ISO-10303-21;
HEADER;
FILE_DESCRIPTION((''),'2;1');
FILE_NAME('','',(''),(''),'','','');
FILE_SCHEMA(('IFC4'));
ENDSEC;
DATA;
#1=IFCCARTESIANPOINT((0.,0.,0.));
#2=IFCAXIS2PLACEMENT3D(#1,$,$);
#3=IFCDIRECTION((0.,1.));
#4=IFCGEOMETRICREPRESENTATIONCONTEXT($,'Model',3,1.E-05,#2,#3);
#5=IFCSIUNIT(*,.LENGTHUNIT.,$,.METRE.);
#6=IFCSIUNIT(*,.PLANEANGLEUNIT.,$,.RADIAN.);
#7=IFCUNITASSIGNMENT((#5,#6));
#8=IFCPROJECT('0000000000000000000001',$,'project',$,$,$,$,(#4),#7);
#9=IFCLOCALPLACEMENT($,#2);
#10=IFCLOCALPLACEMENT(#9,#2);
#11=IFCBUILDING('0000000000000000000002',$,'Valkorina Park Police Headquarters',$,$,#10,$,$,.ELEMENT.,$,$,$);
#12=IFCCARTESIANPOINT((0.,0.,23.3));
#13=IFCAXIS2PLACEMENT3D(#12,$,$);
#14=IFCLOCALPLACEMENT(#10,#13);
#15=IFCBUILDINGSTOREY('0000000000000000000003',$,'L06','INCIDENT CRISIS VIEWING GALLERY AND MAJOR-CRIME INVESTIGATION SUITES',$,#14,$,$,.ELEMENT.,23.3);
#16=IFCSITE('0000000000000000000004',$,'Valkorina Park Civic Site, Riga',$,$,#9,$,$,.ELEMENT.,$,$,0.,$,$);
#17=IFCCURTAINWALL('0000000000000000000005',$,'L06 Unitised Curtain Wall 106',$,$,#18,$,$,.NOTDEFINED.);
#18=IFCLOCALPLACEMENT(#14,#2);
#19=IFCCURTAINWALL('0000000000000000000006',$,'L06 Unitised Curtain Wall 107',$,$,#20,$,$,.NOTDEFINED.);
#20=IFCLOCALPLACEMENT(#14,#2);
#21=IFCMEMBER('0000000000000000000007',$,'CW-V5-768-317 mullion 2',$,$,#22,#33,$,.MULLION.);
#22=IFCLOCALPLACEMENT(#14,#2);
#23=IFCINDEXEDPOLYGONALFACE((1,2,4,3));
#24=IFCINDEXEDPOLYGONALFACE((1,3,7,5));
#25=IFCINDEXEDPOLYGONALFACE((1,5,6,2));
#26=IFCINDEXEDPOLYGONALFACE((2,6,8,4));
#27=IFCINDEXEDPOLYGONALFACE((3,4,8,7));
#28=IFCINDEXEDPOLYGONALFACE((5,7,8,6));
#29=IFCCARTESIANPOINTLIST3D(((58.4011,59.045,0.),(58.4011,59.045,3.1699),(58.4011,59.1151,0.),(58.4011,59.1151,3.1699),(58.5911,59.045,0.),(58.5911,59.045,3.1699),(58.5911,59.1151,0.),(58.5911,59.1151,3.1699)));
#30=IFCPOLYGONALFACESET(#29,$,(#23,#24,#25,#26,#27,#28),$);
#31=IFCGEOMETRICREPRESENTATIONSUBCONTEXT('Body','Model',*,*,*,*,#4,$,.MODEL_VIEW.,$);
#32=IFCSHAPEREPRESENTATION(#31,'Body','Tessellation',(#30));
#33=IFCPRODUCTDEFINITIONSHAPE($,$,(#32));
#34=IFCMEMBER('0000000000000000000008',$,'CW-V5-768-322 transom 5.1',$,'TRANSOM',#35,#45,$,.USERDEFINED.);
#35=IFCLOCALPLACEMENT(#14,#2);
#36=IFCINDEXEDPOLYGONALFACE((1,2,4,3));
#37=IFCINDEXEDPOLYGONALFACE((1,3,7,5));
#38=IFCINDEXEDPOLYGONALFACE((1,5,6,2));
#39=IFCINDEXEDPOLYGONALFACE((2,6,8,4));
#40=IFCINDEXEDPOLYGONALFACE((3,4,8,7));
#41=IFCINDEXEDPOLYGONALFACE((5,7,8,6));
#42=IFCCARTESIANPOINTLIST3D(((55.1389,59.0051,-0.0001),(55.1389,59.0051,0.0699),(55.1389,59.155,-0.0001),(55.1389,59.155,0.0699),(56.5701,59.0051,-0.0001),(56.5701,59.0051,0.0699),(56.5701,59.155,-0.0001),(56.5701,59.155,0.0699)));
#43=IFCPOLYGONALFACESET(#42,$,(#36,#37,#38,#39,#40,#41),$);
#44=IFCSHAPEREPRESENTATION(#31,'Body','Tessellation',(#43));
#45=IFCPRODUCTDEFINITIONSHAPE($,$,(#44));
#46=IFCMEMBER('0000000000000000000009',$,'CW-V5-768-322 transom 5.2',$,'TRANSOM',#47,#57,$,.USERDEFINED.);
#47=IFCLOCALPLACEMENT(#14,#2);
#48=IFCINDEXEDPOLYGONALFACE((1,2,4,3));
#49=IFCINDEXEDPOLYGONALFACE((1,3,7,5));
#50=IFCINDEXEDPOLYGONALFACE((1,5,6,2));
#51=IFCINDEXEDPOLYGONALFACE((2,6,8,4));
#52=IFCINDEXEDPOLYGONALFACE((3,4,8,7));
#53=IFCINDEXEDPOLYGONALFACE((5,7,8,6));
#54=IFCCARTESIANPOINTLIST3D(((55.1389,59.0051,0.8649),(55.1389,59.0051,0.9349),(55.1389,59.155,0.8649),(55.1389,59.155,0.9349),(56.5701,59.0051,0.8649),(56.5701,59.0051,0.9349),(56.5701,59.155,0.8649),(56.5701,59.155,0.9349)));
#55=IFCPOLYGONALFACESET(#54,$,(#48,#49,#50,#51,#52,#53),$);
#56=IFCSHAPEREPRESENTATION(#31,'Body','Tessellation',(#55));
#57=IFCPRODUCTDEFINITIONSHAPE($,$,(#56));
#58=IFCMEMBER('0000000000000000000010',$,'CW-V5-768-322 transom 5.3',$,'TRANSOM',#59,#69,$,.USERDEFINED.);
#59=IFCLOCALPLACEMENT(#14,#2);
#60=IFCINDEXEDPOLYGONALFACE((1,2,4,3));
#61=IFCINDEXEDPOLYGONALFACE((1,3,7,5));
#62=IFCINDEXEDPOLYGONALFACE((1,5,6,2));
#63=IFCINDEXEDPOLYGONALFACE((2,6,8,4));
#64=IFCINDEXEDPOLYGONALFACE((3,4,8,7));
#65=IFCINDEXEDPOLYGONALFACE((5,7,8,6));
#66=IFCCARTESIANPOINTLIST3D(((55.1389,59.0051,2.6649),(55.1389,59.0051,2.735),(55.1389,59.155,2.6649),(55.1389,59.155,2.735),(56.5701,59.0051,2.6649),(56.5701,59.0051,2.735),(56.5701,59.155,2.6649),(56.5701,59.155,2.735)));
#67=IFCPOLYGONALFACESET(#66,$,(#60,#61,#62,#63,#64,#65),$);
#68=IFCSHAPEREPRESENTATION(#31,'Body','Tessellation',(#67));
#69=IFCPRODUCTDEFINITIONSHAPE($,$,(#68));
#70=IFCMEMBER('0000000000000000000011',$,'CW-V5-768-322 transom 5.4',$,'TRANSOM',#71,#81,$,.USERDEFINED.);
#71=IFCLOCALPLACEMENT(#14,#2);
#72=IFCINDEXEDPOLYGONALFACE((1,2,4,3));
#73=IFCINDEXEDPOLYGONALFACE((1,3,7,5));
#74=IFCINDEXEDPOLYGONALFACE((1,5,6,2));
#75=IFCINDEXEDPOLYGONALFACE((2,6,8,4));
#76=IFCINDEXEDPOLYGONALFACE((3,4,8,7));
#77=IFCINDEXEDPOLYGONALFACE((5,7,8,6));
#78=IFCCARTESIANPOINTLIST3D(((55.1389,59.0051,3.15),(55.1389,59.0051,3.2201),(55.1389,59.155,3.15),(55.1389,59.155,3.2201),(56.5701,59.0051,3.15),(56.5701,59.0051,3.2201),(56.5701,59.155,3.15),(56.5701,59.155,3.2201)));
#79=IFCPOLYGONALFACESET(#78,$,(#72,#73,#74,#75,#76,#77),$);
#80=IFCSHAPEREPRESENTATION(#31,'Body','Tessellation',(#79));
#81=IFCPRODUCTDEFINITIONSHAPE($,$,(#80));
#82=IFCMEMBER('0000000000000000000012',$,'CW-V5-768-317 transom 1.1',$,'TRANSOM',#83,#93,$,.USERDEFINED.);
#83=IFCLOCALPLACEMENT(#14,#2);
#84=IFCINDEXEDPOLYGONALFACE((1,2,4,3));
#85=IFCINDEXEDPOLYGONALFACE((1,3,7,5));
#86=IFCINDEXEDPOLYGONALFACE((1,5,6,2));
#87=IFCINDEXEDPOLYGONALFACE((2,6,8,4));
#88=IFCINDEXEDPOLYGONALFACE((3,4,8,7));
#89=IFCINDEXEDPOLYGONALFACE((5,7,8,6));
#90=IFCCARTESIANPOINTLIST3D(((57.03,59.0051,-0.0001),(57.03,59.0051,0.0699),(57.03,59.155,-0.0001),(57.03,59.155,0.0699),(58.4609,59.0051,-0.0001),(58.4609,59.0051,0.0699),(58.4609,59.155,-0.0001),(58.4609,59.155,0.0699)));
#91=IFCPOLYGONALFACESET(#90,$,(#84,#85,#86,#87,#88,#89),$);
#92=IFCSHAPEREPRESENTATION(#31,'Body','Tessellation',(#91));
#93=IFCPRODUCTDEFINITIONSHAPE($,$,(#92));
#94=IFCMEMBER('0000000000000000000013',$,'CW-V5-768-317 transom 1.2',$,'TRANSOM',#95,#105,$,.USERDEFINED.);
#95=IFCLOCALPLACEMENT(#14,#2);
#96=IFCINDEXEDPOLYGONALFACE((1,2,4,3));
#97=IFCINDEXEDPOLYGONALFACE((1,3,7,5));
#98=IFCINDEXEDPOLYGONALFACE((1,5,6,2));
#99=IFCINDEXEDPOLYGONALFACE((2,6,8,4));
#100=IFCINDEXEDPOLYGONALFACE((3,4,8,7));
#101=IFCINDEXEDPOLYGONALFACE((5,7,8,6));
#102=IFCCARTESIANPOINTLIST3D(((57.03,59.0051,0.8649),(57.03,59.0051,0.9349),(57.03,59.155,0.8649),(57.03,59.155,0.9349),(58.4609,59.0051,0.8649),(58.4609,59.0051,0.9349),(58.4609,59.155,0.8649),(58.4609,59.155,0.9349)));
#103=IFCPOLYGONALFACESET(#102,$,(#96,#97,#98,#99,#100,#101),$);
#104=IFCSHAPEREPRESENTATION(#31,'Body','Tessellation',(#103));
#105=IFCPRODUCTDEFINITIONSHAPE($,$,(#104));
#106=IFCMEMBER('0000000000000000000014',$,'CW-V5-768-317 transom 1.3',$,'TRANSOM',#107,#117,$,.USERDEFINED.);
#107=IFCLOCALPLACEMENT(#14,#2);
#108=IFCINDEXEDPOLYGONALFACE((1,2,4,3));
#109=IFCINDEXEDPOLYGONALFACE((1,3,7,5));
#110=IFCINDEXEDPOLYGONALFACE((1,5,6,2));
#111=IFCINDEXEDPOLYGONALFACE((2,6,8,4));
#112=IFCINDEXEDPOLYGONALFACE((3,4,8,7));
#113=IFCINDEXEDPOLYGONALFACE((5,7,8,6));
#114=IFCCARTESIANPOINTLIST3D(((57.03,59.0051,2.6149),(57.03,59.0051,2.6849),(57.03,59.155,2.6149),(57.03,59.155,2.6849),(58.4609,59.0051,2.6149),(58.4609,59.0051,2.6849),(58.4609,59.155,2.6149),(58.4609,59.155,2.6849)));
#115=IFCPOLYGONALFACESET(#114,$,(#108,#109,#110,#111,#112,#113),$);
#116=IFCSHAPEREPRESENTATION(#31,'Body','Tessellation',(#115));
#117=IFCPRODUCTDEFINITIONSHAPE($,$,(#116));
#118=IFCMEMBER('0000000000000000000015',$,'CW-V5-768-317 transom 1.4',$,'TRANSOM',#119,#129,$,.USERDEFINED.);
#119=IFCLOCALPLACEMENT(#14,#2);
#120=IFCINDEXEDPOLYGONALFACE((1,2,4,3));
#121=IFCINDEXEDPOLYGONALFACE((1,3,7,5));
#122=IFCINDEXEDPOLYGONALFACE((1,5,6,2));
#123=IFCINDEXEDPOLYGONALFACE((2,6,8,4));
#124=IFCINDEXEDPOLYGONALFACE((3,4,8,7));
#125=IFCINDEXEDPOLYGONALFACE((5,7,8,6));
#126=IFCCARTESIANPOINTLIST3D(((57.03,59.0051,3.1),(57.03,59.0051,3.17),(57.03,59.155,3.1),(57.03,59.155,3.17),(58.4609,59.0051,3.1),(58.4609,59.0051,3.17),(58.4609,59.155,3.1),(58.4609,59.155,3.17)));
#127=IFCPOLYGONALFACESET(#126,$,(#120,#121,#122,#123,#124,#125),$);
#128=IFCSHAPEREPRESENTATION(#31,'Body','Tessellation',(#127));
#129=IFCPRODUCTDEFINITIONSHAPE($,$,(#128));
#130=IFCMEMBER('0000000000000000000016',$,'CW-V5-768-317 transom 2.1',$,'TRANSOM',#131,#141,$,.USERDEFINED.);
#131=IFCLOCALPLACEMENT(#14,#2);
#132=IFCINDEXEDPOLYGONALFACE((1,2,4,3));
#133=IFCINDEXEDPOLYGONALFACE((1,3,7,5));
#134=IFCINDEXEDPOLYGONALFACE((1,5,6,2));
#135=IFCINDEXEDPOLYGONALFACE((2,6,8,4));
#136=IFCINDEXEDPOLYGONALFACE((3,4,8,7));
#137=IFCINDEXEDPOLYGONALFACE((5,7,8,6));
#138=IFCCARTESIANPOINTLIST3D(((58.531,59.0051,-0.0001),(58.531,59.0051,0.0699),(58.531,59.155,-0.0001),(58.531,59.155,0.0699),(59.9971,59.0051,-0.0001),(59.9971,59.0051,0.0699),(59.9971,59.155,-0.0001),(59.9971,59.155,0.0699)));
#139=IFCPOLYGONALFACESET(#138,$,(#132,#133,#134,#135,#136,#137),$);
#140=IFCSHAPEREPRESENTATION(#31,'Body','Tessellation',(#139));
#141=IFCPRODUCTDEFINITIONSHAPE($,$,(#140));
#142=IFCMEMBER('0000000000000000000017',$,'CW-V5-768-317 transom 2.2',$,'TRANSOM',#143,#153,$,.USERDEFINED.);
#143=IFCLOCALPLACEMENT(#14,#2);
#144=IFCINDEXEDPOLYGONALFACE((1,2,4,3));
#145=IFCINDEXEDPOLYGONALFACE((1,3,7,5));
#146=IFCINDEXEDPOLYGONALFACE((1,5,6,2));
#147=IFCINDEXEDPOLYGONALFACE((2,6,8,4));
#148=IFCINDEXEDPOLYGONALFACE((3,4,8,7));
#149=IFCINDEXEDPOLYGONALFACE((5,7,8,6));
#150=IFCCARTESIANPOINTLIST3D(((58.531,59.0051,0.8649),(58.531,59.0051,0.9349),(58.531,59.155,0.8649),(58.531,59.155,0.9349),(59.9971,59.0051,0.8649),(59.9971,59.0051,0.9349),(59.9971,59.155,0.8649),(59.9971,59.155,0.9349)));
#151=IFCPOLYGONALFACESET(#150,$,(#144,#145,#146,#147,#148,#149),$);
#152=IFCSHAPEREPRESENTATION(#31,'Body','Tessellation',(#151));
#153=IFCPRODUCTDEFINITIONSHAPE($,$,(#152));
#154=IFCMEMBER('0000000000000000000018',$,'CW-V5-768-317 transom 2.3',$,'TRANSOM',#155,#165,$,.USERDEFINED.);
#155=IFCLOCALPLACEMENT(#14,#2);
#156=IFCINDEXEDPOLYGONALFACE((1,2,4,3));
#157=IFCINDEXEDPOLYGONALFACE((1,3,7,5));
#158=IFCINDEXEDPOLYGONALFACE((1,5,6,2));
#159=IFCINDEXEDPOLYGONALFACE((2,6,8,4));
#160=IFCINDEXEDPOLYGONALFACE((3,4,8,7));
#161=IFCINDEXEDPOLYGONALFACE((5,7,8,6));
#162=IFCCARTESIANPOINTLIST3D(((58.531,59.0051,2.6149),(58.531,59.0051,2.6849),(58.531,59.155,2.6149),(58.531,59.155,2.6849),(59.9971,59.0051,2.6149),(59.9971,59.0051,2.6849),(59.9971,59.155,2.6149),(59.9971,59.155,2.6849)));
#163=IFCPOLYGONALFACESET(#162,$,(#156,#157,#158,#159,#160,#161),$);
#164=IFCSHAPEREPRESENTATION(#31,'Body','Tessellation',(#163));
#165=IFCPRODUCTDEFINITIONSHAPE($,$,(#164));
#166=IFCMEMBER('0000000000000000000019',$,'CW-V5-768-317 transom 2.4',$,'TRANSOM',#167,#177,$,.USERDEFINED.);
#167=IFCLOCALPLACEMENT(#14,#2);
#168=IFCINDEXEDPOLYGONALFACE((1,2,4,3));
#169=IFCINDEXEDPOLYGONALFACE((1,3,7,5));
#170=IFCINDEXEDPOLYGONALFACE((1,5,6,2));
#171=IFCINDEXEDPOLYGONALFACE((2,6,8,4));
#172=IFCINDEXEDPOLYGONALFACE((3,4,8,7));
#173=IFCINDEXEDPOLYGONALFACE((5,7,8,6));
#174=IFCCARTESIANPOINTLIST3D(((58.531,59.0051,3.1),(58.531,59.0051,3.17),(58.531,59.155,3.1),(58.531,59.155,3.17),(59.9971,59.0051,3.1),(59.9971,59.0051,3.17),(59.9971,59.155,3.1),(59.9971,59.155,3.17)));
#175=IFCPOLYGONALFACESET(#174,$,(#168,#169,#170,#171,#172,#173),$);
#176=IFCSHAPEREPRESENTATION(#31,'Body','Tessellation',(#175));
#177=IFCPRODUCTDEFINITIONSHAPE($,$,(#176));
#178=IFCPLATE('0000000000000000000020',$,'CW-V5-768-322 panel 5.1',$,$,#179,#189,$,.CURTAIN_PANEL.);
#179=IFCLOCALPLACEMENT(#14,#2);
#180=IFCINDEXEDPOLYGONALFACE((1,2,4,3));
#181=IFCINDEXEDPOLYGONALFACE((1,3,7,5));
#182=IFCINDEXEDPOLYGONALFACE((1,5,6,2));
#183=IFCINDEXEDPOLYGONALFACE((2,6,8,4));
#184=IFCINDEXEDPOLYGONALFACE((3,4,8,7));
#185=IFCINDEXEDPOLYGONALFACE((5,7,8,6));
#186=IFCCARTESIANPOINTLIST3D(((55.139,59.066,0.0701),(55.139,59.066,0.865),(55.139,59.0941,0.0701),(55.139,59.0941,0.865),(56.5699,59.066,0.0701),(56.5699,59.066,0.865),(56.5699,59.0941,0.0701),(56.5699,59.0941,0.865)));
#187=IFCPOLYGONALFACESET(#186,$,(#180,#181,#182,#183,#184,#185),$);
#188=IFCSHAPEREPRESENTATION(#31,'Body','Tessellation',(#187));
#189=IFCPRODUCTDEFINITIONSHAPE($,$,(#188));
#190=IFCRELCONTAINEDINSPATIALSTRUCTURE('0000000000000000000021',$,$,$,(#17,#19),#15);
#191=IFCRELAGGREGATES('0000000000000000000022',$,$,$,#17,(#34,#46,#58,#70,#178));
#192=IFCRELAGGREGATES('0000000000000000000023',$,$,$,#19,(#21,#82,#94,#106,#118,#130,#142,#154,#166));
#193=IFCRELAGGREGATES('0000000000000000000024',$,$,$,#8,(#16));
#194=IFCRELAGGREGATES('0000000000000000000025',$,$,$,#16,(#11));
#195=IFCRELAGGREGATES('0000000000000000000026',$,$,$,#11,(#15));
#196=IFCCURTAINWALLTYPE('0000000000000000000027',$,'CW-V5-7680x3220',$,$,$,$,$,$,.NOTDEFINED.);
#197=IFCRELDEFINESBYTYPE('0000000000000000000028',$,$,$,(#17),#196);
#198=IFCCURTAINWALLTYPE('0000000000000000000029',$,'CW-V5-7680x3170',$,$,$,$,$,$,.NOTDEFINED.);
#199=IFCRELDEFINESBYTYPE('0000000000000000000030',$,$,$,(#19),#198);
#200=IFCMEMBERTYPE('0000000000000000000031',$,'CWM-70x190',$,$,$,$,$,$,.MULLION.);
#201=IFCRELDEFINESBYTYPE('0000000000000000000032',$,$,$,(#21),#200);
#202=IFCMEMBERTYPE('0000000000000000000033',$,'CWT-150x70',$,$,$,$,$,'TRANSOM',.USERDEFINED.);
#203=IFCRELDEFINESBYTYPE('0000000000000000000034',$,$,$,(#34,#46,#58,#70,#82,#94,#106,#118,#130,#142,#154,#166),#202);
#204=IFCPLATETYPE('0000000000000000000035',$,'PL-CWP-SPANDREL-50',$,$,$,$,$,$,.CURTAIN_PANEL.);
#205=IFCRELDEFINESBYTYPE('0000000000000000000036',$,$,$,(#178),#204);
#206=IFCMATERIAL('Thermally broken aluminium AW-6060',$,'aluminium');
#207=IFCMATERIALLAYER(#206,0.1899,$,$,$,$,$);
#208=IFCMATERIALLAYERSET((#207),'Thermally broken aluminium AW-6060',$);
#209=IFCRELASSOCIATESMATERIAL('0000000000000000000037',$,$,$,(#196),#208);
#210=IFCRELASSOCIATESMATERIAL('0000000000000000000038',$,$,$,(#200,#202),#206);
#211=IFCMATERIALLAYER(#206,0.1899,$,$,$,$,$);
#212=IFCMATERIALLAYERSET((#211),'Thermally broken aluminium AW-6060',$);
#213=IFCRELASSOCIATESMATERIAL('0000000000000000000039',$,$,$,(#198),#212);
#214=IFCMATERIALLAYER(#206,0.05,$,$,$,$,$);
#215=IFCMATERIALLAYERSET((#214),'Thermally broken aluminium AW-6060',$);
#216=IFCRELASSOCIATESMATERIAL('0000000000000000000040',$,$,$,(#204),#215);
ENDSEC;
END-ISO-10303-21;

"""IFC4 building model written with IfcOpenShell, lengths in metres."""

from ifc_helpers import new_model, si_unit, direction, frame, origin, origin_2d, place, context, subcontext, project, spatial, rectangle, extrude, material, layer, layer_set, material_profile, profile_set, type_object, element, aggregate, save


model = new_model("IFC4")

# Units and contexts
model_context = context("Model", 3, precision=1e-05, world=origin(), true_north=direction((0.0, 1.0)))
body_context = subcontext(model_context, "Body", "Model", "MODEL_VIEW")
ifc_project = project(units=[si_unit("LENGTHUNIT", "METRE"), si_unit("PLANEANGLEUNIT", "RADIAN")], contexts=[model_context])

# Site, building, storey
site_placement = place(None, origin())
site = spatial("IfcSite", under=ifc_project, at=site_placement, Name="Valkorina Park Civic Site, Riga", CompositionType="ELEMENT", RefElevation=0.0)
building_placement = place(site_placement, origin())
building = spatial("IfcBuilding", under=site, at=building_placement, Name="Valkorina Park Police Headquarters", CompositionType="ELEMENT")
storey_placement = place(building_placement, frame((0.0, 0.0, 23.3)))
storey = spatial("IfcBuildingStorey", under=building, at=storey_placement, Name="L06", Description="INCIDENT CRISIS VIEWING GALLERY AND MAJOR-CRIME INVESTIGATION SUITES", CompositionType="ELEMENT", Elevation=23.3)

# Curtain walls, member
ifc_material_1 = material(Name="Thermally broken aluminium AW-6060", Category="aluminium")
ifc_layer_1 = layer(ifc_material_1, 0.1899)
ifc_layer_set_1 = layer_set([ifc_layer_1], Name="Thermally broken aluminium AW-6060")
curtain_wall_type_1 = type_object("IfcCurtainWallType", Name="CW-V5-7680x3220", PredefinedType="NOTDEFINED", material=ifc_layer_set_1)
curtain_wall_1_placement = place(storey_placement, origin())
curtain_wall_1 = element("IfcCurtainWall", 1, at=curtain_wall_1_placement, inside=storey, type_object=curtain_wall_type_1, Name="L06 Unitised Curtain Wall 106", PredefinedType="NOTDEFINED")
ifc_material_profile_1 = material_profile(ifc_material_1, rectangle(XDim=0.0701, YDim=0.1899, at=origin_2d()), Name="CWM-02 70x190")
ifc_profile_set_1 = profile_set([ifc_material_profile_1], Name="Thermally broken aluminium AW-6060")
member_type_1 = type_object("IfcMemberType", Name="CWM-70x190", PredefinedType="MULLION", material=ifc_profile_set_1)
ifc_layer_2 = layer(ifc_material_1, 0.1899)
ifc_layer_set_2 = layer_set([ifc_layer_2], Name="Thermally broken aluminium AW-6060")
curtain_wall_type_2 = type_object("IfcCurtainWallType", Name="CW-V5-7680x3170", PredefinedType="NOTDEFINED", material=ifc_layer_set_2)
curtain_wall_2_placement = place(storey_placement, origin())
curtain_wall_2 = element("IfcCurtainWall", 2, at=curtain_wall_2_placement, inside=storey, type_object=curtain_wall_type_2, Name="L06 Unitised Curtain Wall 107", PredefinedType="NOTDEFINED")
member_1_placement = place(storey_placement, frame((58.4961, 59.0801, 0.0), z_axis=(0.0, 0.0, 1.0), x_axis=(0.0, 1.0, 0.0)))
member_1 = element("IfcMember", 3, at=member_1_placement, type_object=member_type_1, Name="CW-V5-768-317 mullion 2", PredefinedType="MULLION", context=body_context, shape_type="SweptSolid", body=[
    extrude(rectangle(XDim=0.0701, YDim=0.1899, at=origin_2d()), origin(), (0.0, 0.0, 1.0), 3.1699),
])

# Members
ifc_material_profile_2 = material_profile(ifc_material_1, rectangle(XDim=0.1499, YDim=0.0701, at=origin_2d()), Name="CWT-02 150x70")
ifc_profile_set_2 = profile_set([ifc_material_profile_2], Name="Thermally broken aluminium AW-6060")
member_type_2 = type_object("IfcMemberType", Name="CWT-150x70", ElementType="TRANSOM", PredefinedType="USERDEFINED", material=ifc_profile_set_2)
member_2_placement = place(storey_placement, frame((55.1389, 59.0801, 0.0349), z_axis=(1.0, 0.0, 0.0), x_axis=(0.0, 1.0, 0.0)))
member_2 = element("IfcMember", 4, at=member_2_placement, type_object=member_type_2, Name="CW-V5-768-322 transom 5.1", ObjectType="TRANSOM", PredefinedType="USERDEFINED", context=body_context, shape_type="SweptSolid", body=[
    extrude(rectangle(XDim=0.1499, YDim=0.0701, at=origin_2d()), origin(), (0.0, 0.0, 1.0), 1.4312),
])
member_3_placement = place(storey_placement, frame((55.1389, 59.0801, 0.8999), z_axis=(1.0, 0.0, 0.0), x_axis=(0.0, 1.0, 0.0)))
member_3 = element("IfcMember", 5, at=member_3_placement, type_object=member_type_2, Name="CW-V5-768-322 transom 5.2", ObjectType="TRANSOM", PredefinedType="USERDEFINED", context=body_context, shape_type="SweptSolid", body=[
    extrude(rectangle(XDim=0.1499, YDim=0.0701, at=origin_2d()), origin(), (0.0, 0.0, 1.0), 1.4312),
])
member_4_placement = place(storey_placement, frame((55.1389, 59.0801, 2.7), z_axis=(1.0, 0.0, 0.0), x_axis=(0.0, 1.0, 0.0)))
member_4 = element("IfcMember", 6, at=member_4_placement, type_object=member_type_2, Name="CW-V5-768-322 transom 5.3", ObjectType="TRANSOM", PredefinedType="USERDEFINED", context=body_context, shape_type="SweptSolid", body=[
    extrude(rectangle(XDim=0.1499, YDim=0.0701, at=origin_2d()), origin(), (0.0, 0.0, 1.0), 1.4312),
])
member_5_placement = place(storey_placement, frame((55.1389, 59.0801, 3.1851), z_axis=(1.0, 0.0, 0.0), x_axis=(0.0, 1.0, 0.0)))
member_5 = element("IfcMember", 7, at=member_5_placement, type_object=member_type_2, Name="CW-V5-768-322 transom 5.4", ObjectType="TRANSOM", PredefinedType="USERDEFINED", context=body_context, shape_type="SweptSolid", body=[
    extrude(rectangle(XDim=0.1499, YDim=0.0701, at=origin_2d()), origin(), (0.0, 0.0, 1.0), 1.4312),
])
member_6_placement = place(storey_placement, frame((57.03, 59.0801, 0.0349), z_axis=(1.0, 0.0, 0.0), x_axis=(0.0, 1.0, 0.0)))
member_6 = element("IfcMember", 8, at=member_6_placement, type_object=member_type_2, Name="CW-V5-768-317 transom 1.1", ObjectType="TRANSOM", PredefinedType="USERDEFINED", context=body_context, shape_type="SweptSolid", body=[
    extrude(rectangle(XDim=0.1499, YDim=0.0701, at=origin_2d()), origin(), (0.0, 0.0, 1.0), 1.4309),
])
member_7_placement = place(storey_placement, frame((57.03, 59.0801, 0.8999), z_axis=(1.0, 0.0, 0.0), x_axis=(0.0, 1.0, 0.0)))
member_7 = element("IfcMember", 9, at=member_7_placement, type_object=member_type_2, Name="CW-V5-768-317 transom 1.2", ObjectType="TRANSOM", PredefinedType="USERDEFINED", context=body_context, shape_type="SweptSolid", body=[
    extrude(rectangle(XDim=0.1499, YDim=0.0701, at=origin_2d()), origin(), (0.0, 0.0, 1.0), 1.4309),
])
member_8_placement = place(storey_placement, frame((57.03, 59.0801, 2.6499), z_axis=(1.0, 0.0, 0.0), x_axis=(0.0, 1.0, 0.0)))
member_8 = element("IfcMember", 10, at=member_8_placement, type_object=member_type_2, Name="CW-V5-768-317 transom 1.3", ObjectType="TRANSOM", PredefinedType="USERDEFINED", context=body_context, shape_type="SweptSolid", body=[
    extrude(rectangle(XDim=0.1499, YDim=0.0701, at=origin_2d()), origin(), (0.0, 0.0, 1.0), 1.4309),
])
member_9_placement = place(storey_placement, frame((57.03, 59.0801, 3.135), z_axis=(1.0, 0.0, 0.0), x_axis=(0.0, 1.0, 0.0)))
member_9 = element("IfcMember", 11, at=member_9_placement, type_object=member_type_2, Name="CW-V5-768-317 transom 1.4", ObjectType="TRANSOM", PredefinedType="USERDEFINED", context=body_context, shape_type="SweptSolid", body=[
    extrude(rectangle(XDim=0.1499, YDim=0.0701, at=origin_2d()), origin(), (0.0, 0.0, 1.0), 1.4309),
])
member_10_placement = place(storey_placement, frame((58.531, 59.0801, 0.0349), z_axis=(1.0, 0.0, 0.0), x_axis=(0.0, 1.0, 0.0)))
member_10 = element("IfcMember", 12, at=member_10_placement, type_object=member_type_2, Name="CW-V5-768-317 transom 2.1", ObjectType="TRANSOM", PredefinedType="USERDEFINED", context=body_context, shape_type="SweptSolid", body=[
    extrude(rectangle(XDim=0.1499, YDim=0.0701, at=origin_2d()), origin(), (0.0, 0.0, 1.0), 1.4661),
])
member_11_placement = place(storey_placement, frame((58.531, 59.0801, 0.8999), z_axis=(1.0, 0.0, 0.0), x_axis=(0.0, 1.0, 0.0)))
member_11 = element("IfcMember", 13, at=member_11_placement, type_object=member_type_2, Name="CW-V5-768-317 transom 2.2", ObjectType="TRANSOM", PredefinedType="USERDEFINED", context=body_context, shape_type="SweptSolid", body=[
    extrude(rectangle(XDim=0.1499, YDim=0.0701, at=origin_2d()), origin(), (0.0, 0.0, 1.0), 1.4661),
])
member_12_placement = place(storey_placement, frame((58.531, 59.0801, 2.6499), z_axis=(1.0, 0.0, 0.0), x_axis=(0.0, 1.0, 0.0)))
member_12 = element("IfcMember", 14, at=member_12_placement, type_object=member_type_2, Name="CW-V5-768-317 transom 2.3", ObjectType="TRANSOM", PredefinedType="USERDEFINED", context=body_context, shape_type="SweptSolid", body=[
    extrude(rectangle(XDim=0.1499, YDim=0.0701, at=origin_2d()), origin(), (0.0, 0.0, 1.0), 1.4661),
])
member_13_placement = place(storey_placement, frame((58.531, 59.0801, 3.135), z_axis=(1.0, 0.0, 0.0), x_axis=(0.0, 1.0, 0.0)))
member_13 = element("IfcMember", 15, at=member_13_placement, type_object=member_type_2, Name="CW-V5-768-317 transom 2.4", ObjectType="TRANSOM", PredefinedType="USERDEFINED", context=body_context, shape_type="SweptSolid", body=[
    extrude(rectangle(XDim=0.1499, YDim=0.0701, at=origin_2d()), origin(), (0.0, 0.0, 1.0), 1.4661),
])

# Plate
ifc_layer_3 = layer(ifc_material_1, 0.05)
ifc_layer_set_3 = layer_set([ifc_layer_3], Name="Thermally broken aluminium AW-6060")
plate_type_1 = type_object("IfcPlateType", Name="PL-CWP-SPANDREL-50", PredefinedType="CURTAIN_PANEL", material=ifc_layer_set_3)
plate_1_placement = place(storey_placement, frame((55.8545, 59.0801, 0.0701), z_axis=(0.0, 0.0, 1.0), x_axis=(1.0, 0.0, 0.0)))
plate_1 = element("IfcPlate", 16, at=plate_1_placement, type_object=plate_type_1, Name="CW-V5-768-322 panel 5.1", PredefinedType="CURTAIN_PANEL", context=body_context, shape_type="SweptSolid", body=[
    extrude(rectangle(XDim=1.4309, YDim=0.0281, at=origin_2d()), origin(), (0.0, 0.0, 1.0), 0.7949),
])
aggregate(curtain_wall_1, [member_2, member_3, member_4, member_5, plate_1])
aggregate(curtain_wall_2, [member_1, member_6, member_7, member_8, member_9, member_10, member_11, member_12, member_13])

save(model, "model.ifc")
